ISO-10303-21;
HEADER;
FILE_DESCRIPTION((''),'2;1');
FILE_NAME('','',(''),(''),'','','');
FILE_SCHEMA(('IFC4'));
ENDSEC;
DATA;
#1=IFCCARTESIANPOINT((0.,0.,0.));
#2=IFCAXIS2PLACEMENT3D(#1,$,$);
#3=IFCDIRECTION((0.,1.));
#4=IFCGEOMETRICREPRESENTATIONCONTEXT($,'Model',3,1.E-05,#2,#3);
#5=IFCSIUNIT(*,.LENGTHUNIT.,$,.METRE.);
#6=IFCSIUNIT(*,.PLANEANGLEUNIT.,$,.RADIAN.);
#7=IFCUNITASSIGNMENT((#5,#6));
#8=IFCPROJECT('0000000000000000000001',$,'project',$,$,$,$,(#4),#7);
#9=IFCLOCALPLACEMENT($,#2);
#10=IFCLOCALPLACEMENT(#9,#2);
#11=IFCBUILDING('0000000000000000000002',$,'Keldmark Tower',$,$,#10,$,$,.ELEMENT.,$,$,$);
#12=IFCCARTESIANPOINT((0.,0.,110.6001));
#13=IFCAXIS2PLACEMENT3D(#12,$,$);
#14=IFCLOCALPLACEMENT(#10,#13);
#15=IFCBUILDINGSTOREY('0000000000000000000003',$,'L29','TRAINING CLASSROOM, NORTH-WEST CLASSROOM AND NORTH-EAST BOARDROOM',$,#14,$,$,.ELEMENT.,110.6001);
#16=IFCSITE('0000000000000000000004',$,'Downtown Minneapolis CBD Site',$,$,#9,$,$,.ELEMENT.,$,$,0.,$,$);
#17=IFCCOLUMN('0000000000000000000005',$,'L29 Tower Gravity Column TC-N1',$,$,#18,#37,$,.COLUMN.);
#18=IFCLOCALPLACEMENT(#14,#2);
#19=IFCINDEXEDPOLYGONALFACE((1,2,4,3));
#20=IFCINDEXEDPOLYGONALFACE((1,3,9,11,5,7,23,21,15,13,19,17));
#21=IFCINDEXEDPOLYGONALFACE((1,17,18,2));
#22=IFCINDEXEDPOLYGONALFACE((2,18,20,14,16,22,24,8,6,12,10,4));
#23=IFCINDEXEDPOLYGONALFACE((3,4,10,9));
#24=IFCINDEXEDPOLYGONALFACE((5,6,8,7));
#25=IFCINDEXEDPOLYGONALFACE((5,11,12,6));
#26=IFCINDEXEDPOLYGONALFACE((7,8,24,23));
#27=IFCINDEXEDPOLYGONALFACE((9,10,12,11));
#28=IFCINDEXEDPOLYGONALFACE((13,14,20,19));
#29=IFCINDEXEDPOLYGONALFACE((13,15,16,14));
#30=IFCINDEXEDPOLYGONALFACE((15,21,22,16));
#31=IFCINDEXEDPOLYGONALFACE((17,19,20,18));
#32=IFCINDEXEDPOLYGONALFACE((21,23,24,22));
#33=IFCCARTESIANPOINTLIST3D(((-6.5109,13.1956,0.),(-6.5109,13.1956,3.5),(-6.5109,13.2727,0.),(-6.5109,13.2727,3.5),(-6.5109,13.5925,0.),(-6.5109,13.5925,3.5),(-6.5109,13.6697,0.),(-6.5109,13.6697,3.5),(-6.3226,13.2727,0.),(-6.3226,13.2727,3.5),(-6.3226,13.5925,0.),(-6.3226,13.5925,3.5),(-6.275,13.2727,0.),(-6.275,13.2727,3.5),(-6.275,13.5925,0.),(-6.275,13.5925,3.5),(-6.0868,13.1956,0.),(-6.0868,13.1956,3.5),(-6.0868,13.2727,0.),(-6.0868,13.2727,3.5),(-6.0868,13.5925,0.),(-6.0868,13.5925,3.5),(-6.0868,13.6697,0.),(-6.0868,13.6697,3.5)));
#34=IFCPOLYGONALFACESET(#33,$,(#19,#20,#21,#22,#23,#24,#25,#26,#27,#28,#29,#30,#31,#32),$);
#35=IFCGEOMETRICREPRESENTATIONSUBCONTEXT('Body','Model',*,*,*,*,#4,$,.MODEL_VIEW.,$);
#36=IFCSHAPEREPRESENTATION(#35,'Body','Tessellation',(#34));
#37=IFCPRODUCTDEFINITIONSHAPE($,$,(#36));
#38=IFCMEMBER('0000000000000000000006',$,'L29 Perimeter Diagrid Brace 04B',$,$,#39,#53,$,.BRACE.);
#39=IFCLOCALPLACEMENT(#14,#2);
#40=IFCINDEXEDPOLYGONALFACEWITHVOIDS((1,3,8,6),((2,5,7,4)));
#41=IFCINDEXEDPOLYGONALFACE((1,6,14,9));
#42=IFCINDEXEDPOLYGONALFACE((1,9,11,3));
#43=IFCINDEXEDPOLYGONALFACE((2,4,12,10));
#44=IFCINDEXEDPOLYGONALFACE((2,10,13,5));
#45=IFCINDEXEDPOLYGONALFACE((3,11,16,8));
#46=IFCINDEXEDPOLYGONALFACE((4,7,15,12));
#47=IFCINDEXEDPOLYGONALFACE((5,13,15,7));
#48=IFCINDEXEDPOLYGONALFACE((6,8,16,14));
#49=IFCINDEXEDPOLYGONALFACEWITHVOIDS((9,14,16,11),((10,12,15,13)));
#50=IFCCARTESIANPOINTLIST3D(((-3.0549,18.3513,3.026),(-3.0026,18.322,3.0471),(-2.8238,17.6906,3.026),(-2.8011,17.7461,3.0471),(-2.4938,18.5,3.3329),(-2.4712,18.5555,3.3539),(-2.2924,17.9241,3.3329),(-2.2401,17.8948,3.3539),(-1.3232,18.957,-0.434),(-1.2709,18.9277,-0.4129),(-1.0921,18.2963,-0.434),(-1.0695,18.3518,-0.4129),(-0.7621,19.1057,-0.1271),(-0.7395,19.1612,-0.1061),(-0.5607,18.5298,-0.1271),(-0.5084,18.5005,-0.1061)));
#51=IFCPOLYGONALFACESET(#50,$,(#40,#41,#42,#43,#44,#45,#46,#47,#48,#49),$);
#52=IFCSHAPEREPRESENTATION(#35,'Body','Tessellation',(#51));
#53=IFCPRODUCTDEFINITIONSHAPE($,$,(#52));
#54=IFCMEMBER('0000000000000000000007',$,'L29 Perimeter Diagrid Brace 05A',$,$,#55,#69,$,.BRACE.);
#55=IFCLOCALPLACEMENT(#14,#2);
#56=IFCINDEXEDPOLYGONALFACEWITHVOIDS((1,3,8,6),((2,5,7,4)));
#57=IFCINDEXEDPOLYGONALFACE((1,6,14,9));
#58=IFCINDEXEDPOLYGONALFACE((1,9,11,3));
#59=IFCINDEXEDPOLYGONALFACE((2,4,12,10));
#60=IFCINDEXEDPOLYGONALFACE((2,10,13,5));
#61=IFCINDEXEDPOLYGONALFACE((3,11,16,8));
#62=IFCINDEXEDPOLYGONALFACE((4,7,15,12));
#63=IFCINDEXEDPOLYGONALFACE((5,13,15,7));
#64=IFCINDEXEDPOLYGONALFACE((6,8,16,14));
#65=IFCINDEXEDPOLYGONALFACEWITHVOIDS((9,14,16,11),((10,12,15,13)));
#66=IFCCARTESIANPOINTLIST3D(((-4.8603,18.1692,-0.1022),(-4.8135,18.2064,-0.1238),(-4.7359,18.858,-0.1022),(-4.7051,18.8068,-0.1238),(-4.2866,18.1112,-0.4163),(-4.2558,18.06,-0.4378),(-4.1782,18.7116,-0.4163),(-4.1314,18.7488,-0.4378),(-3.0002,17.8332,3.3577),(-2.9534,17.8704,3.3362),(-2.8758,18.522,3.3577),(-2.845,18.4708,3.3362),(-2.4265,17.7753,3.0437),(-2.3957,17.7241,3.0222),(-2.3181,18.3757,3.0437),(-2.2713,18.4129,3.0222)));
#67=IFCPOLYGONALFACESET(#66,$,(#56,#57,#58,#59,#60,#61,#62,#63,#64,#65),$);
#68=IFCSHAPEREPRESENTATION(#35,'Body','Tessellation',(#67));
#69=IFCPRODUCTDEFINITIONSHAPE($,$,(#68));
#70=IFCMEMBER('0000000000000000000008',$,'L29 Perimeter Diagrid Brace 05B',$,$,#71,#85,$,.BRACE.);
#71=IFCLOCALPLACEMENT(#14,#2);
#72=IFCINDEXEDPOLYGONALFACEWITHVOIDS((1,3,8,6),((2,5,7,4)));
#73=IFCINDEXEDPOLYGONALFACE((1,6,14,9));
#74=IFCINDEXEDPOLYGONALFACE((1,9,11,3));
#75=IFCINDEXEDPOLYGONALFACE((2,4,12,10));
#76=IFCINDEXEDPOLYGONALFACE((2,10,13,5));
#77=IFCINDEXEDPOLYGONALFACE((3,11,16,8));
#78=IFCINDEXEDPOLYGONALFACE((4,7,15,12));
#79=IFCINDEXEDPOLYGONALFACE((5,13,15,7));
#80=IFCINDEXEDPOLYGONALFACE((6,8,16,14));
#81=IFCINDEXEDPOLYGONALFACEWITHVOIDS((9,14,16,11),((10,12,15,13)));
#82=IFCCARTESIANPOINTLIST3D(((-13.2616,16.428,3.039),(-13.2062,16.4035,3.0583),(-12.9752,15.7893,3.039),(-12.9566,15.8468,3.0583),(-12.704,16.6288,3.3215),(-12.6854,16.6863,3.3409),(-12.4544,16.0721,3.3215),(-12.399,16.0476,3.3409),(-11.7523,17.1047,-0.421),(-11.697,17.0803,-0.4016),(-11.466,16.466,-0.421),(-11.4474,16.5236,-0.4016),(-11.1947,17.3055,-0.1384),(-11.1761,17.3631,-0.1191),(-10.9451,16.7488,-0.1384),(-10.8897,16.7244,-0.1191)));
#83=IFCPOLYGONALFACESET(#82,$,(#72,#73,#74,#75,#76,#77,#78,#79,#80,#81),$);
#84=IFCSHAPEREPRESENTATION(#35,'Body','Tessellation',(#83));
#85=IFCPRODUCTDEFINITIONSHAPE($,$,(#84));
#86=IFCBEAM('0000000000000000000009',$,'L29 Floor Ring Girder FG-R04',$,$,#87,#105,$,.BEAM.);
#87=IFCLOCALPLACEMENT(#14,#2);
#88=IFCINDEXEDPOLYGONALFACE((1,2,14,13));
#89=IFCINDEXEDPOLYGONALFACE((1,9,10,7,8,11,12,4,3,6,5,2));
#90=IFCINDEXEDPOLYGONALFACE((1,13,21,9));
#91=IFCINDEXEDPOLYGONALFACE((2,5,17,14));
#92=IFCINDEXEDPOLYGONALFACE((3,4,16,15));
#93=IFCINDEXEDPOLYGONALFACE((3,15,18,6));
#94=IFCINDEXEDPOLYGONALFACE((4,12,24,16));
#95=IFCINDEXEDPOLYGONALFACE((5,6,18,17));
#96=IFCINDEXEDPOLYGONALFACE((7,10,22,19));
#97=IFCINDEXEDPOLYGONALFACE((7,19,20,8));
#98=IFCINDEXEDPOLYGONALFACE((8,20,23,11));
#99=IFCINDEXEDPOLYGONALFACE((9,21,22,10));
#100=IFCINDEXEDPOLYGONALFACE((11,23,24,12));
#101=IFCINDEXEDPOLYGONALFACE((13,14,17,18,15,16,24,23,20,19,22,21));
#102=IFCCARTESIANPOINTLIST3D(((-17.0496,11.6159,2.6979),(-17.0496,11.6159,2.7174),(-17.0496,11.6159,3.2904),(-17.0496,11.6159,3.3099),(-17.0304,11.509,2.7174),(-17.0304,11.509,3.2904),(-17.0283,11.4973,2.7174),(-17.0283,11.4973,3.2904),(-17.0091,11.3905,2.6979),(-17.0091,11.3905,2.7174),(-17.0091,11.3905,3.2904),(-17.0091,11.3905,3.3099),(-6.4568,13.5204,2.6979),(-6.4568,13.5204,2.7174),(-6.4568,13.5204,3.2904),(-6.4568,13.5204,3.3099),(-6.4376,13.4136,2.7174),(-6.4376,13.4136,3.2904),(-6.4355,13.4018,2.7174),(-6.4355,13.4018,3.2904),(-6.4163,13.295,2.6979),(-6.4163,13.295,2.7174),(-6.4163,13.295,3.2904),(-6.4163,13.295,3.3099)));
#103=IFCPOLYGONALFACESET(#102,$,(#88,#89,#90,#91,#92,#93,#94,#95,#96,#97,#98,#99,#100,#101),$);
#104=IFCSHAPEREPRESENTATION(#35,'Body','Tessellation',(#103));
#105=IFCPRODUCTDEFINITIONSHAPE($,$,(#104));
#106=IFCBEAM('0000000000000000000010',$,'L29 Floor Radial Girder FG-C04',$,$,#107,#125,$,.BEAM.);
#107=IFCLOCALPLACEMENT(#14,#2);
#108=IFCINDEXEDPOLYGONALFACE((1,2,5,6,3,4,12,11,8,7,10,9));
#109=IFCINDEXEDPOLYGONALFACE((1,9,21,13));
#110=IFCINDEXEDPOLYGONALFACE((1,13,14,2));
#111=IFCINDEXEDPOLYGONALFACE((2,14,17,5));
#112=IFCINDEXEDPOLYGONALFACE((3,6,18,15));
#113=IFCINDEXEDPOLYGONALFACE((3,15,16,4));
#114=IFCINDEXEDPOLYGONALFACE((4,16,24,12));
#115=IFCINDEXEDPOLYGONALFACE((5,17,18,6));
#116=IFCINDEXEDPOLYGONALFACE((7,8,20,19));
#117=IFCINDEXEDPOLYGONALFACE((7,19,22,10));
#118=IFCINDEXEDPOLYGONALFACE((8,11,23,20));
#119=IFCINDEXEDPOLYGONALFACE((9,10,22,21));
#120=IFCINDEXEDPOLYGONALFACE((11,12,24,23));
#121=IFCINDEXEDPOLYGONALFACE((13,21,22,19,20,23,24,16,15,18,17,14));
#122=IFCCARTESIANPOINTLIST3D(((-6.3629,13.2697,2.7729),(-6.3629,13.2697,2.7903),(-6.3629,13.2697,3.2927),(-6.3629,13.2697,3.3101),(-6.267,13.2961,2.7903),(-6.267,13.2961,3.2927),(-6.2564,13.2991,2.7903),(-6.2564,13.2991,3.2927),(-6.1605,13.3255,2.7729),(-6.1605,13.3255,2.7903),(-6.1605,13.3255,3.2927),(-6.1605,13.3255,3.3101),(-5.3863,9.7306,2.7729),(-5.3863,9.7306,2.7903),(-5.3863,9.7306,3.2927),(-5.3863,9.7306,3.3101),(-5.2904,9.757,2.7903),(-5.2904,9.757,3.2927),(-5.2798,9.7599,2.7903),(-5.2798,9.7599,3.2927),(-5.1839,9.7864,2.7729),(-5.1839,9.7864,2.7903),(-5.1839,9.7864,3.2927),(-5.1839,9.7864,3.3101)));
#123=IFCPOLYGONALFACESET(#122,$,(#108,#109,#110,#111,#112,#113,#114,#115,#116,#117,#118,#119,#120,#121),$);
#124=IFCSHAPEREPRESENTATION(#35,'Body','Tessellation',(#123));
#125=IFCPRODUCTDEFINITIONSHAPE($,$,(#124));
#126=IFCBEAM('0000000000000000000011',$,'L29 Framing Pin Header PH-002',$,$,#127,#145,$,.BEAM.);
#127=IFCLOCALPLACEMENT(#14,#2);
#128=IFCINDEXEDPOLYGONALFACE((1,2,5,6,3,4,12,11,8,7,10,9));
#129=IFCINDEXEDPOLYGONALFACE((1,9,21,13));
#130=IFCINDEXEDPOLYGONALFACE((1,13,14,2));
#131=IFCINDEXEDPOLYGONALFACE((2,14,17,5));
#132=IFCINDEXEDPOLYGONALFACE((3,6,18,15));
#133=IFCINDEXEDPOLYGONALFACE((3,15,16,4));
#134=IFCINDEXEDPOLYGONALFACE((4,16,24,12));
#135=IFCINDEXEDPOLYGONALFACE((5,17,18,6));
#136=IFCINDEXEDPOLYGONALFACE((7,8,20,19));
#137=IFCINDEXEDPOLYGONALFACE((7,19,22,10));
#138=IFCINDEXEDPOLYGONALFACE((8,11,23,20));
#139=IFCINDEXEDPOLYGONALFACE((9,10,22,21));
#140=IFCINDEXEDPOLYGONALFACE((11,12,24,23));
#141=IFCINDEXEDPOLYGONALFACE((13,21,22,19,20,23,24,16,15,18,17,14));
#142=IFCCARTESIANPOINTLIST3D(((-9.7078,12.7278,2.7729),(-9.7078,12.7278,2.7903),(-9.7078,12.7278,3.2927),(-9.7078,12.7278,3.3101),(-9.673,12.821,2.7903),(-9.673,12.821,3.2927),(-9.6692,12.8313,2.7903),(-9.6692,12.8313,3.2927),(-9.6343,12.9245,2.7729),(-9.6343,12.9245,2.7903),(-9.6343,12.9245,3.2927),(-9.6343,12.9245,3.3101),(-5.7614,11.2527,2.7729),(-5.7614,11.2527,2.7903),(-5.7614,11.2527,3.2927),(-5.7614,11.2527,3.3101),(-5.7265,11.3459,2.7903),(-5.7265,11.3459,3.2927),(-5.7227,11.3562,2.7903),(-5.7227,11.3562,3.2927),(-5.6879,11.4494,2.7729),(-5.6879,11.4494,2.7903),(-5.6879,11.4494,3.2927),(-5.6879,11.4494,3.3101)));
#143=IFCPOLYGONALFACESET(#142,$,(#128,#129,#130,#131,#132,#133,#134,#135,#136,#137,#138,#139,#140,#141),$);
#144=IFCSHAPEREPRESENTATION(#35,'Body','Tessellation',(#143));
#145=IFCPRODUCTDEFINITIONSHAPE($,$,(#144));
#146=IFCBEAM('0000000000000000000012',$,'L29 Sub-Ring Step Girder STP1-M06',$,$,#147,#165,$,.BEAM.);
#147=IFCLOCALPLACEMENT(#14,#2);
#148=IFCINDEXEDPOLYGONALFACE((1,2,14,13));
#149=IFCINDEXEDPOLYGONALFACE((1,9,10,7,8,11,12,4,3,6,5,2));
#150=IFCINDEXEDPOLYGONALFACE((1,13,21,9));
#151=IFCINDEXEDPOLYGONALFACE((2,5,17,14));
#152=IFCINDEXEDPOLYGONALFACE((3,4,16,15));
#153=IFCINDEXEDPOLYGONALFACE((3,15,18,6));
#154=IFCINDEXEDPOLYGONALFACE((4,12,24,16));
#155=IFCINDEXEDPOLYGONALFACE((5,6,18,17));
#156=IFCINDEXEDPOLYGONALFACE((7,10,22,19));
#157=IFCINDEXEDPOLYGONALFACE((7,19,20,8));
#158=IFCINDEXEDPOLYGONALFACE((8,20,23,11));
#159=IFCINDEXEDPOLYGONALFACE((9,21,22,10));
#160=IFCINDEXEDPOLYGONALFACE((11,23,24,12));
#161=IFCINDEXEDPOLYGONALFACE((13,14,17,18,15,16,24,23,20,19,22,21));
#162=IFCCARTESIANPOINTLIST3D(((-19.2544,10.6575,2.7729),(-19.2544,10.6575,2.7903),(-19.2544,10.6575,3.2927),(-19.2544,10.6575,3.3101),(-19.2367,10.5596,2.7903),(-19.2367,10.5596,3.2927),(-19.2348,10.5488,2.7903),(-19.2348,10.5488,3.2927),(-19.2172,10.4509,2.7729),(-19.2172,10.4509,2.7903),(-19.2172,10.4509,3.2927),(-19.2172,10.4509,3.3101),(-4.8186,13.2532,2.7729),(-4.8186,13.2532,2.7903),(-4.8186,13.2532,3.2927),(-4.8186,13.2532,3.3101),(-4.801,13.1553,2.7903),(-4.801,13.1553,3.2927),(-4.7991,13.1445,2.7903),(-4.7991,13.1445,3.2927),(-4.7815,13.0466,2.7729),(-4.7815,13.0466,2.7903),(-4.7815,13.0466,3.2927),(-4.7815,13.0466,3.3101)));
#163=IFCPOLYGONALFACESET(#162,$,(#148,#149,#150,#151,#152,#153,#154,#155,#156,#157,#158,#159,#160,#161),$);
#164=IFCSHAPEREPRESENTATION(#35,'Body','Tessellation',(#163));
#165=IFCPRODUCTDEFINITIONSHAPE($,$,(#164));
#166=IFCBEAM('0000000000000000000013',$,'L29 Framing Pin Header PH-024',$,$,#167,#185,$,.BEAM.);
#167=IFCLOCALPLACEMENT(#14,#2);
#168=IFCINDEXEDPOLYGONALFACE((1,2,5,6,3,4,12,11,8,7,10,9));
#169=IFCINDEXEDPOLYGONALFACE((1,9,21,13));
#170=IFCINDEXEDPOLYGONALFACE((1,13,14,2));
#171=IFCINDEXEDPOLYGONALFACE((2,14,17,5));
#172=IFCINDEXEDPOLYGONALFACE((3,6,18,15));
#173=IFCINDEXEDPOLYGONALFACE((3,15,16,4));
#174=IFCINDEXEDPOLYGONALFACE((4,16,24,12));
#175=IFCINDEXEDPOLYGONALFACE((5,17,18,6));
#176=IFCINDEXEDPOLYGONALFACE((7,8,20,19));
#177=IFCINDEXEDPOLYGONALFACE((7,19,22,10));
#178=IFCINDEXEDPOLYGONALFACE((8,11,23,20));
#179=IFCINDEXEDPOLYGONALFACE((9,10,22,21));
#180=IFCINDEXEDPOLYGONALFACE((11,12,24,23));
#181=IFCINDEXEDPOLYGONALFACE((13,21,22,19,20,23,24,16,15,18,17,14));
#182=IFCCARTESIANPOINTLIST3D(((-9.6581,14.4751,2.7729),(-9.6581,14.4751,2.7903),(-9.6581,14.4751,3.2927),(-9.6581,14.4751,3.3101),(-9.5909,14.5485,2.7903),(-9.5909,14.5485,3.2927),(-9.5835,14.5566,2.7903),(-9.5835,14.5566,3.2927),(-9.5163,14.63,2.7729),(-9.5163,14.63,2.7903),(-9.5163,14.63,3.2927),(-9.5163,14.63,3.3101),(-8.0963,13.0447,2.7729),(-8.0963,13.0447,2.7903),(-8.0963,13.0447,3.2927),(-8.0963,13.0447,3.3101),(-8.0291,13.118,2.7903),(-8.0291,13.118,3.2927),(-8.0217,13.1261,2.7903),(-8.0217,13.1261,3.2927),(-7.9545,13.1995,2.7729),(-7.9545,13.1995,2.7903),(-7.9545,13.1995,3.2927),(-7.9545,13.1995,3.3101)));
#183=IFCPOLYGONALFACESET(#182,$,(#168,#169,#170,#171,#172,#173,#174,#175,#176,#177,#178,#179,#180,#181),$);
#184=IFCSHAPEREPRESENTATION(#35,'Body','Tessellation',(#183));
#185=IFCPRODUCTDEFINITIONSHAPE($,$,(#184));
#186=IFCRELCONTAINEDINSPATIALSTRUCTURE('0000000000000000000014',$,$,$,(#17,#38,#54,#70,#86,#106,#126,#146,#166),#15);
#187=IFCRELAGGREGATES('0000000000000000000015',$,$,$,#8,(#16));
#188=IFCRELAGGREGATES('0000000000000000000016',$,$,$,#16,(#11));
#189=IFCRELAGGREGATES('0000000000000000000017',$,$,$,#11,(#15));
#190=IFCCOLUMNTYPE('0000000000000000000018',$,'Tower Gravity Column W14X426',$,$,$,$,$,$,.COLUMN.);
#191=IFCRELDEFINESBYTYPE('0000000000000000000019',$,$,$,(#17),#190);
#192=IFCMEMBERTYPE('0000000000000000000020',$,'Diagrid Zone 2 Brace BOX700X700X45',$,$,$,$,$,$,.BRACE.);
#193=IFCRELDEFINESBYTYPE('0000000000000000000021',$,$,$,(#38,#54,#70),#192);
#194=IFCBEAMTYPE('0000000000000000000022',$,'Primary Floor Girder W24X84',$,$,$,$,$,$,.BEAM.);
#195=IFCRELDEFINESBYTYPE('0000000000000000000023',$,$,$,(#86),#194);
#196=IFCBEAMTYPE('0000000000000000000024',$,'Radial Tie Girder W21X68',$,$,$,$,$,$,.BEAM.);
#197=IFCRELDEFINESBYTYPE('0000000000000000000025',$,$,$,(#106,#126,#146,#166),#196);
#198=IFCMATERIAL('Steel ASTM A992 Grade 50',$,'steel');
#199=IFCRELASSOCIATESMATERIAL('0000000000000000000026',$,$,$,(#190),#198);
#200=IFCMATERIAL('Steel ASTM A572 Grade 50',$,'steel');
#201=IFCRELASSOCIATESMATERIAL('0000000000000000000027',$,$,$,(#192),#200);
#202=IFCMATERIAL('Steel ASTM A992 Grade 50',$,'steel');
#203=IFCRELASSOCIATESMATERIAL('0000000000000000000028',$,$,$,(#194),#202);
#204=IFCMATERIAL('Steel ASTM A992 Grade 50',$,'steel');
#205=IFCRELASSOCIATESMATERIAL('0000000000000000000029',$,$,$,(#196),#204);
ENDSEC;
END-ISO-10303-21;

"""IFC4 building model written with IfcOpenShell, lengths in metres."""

from ifc_helpers import new_model, si_unit, direction, frame, origin, origin_2d, place, context, subcontext, project, spatial, hollow_rectangle, i_section, extrude, material, material_profile, profile_set, type_object, element, save


model = new_model("IFC4")

# Units and contexts
model_context = context("Model", 3, precision=1e-05, world=origin(), true_north=direction((0.0, 1.0)))
body_context = subcontext(model_context, "Body", "Model", "MODEL_VIEW")
ifc_project = project(units=[si_unit("LENGTHUNIT", "METRE"), si_unit("PLANEANGLEUNIT", "RADIAN")], contexts=[model_context])

# Site, building, storey
site_placement = place(None, origin())
site = spatial("IfcSite", under=ifc_project, at=site_placement, Name="Downtown Minneapolis CBD Site", CompositionType="ELEMENT", RefElevation=0.0)
building_placement = place(site_placement, origin())
building = spatial("IfcBuilding", under=site, at=building_placement, Name="Keldmark Tower", CompositionType="ELEMENT")
storey_placement = place(building_placement, frame((0.0, 0.0, 110.6001)))
storey = spatial("IfcBuildingStorey", under=building, at=storey_placement, Name="L29", Description="TRAINING CLASSROOM, NORTH-WEST CLASSROOM AND NORTH-EAST BOARDROOM", CompositionType="ELEMENT", Elevation=110.6001)

# Column
ifc_material_1 = material(Name="Steel ASTM A992 Grade 50", Category="steel")
ifc_material_profile_1 = material_profile(ifc_material_1, i_section(OverallWidth=0.4241, OverallDepth=0.4741, WebThickness=0.0476, FlangeThickness=0.0771, at=origin_2d()), Name="W14X426")
ifc_profile_set_1 = profile_set([ifc_material_profile_1], Name="Steel ASTM A992 Grade 50")
column_type = type_object("IfcColumnType", Name="Tower Gravity Column W14X426", PredefinedType="COLUMN", material=ifc_profile_set_1)
column_placement = place(storey_placement, frame((-6.2988, 13.4326, 0.0), z_axis=(0.0, 0.0, 1.0), x_axis=(1.0, 0.0, 0.0)))
element("IfcColumn", 1, at=column_placement, inside=storey, type_object=column_type, Name="L29 Tower Gravity Column TC-N1", PredefinedType="COLUMN", context=body_context, shape_type="SweptSolid", body=[
    extrude(i_section(OverallWidth=0.4241, OverallDepth=0.4741, WebThickness=0.0476, FlangeThickness=0.0771, at=origin_2d()), origin(), (0.0, 0.0, 1.0), 3.5),
])

# Members
ifc_material_2 = material(Name="Steel ASTM A572 Grade 50", Category="steel")
ifc_material_profile_2 = material_profile(ifc_material_2, hollow_rectangle(XDim=0.7, YDim=0.7, WallThickness=0.0449, at=origin_2d()), Name="BOX700X700X45")
ifc_profile_set_2 = profile_set([ifc_material_profile_2], Name="Steel ASTM A572 Grade 50")
member_type = type_object("IfcMemberType", Name="Diagrid Zone 2 Brace BOX700X700X45", PredefinedType="BRACE", material=ifc_profile_set_2)
member_1_placement = place(storey_placement, frame((-0.9158, 18.7288, -0.27), z_axis=(-0.442181, -0.154667, 0.88349), x_axis=(0.330167, -0.943923, 0.0)))
element("IfcMember", 2, at=member_1_placement, inside=storey, type_object=member_type, Name="L29 Perimeter Diagrid Brace 04B", PredefinedType="BRACE", context=body_context, shape_type="SweptSolid", body=[
    extrude(hollow_rectangle(XDim=0.7, YDim=0.7, WallThickness=0.0449, at=origin_2d()), origin(), (0.0, 0.0, 1.0), 3.9163),
])
member_2_placement = place(storey_placement, frame((-4.4958, 18.459, -0.27), z_axis=(0.471796, -0.085207, 0.877581), x_axis=(0.177726, 0.98408, 0.0)))
element("IfcMember", 3, at=member_2_placement, inside=storey, type_object=member_type, Name="L29 Perimeter Diagrid Brace 05A", PredefinedType="BRACE", context=body_context, shape_type="SweptSolid", body=[
    extrude(hollow_rectangle(XDim=0.7, YDim=0.7, WallThickness=0.0449, at=origin_2d()), origin(), (0.0, 0.0, 1.0), 3.9426),
])
member_3_placement = place(storey_placement, frame((-11.321, 16.9146, -0.27), z_axis=(-0.393553, -0.176469, 0.902206), x_axis=(0.409149, -0.912468, 0.0)))
element("IfcMember", 4, at=member_3_placement, inside=storey, type_object=member_type, Name="L29 Perimeter Diagrid Brace 05B", PredefinedType="BRACE", context=body_context, shape_type="SweptSolid", body=[
    extrude(hollow_rectangle(XDim=0.7, YDim=0.7, WallThickness=0.0449, at=origin_2d()), origin(), (0.0, 0.0, 1.0), 3.835),
])

# Beams
ifc_material_3 = material(Name="Steel ASTM A992 Grade 50", Category="steel")
ifc_material_profile_3 = material_profile(ifc_material_3, i_section(OverallWidth=0.229, OverallDepth=0.6121, WebThickness=0.012, FlangeThickness=0.0195, at=origin_2d()), Name="W24X84")
ifc_profile_set_3 = profile_set([ifc_material_profile_3], Name="Steel ASTM A992 Grade 50")
beam_type_1 = type_object("IfcBeamType", Name="Primary Floor Girder W24X84", PredefinedType="BEAM", material=ifc_profile_set_3)
beam_1_placement = place(storey_placement, frame((-6.4365, 13.4077, 3.0039), z_axis=(-0.984218, -0.176959, 0.0), x_axis=(0.176959, -0.984218, 0.0)))
element("IfcBeam", 5, at=beam_1_placement, inside=storey, type_object=beam_type_1, Name="L29 Floor Ring Girder FG-R04", PredefinedType="BEAM", context=body_context, shape_type="SweptSolid", body=[
    extrude(i_section(OverallWidth=0.229, OverallDepth=0.6121, WebThickness=0.012, FlangeThickness=0.0195, at=origin_2d()), origin(), (0.0, 0.0, 1.0), 10.7627),
])
ifc_material_4 = material(Name="Steel ASTM A992 Grade 50", Category="steel")
ifc_material_profile_4 = material_profile(ifc_material_4, i_section(OverallWidth=0.21, OverallDepth=0.5371, WebThickness=0.011, FlangeThickness=0.0173, at=origin_2d()), Name="W21X68")
ifc_profile_set_4 = profile_set([ifc_material_profile_4], Name="Steel ASTM A992 Grade 50")
beam_type_2 = type_object("IfcBeamType", Name="Radial Tie Girder W21X68", PredefinedType="BEAM", material=ifc_profile_set_4)
beam_2_placement = place(storey_placement, frame((-6.2617, 13.2976, 3.0415), z_axis=(0.265997, -0.963974, 0.0), x_axis=(0.963974, 0.265997, 0.0)))
element("IfcBeam", 6, at=beam_2_placement, inside=storey, type_object=beam_type_2, Name="L29 Floor Radial Girder FG-C04", PredefinedType="BEAM", context=body_context, shape_type="SweptSolid", body=[
    extrude(i_section(OverallWidth=0.21, OverallDepth=0.5371, WebThickness=0.011, FlangeThickness=0.0173, at=origin_2d()), origin(), (0.0, 0.0, 1.0), 3.6714),
])
beam_3_placement = place(storey_placement, frame((-5.7246, 11.3511, 3.0415), z_axis=(-0.936707, 0.350114, 0.0), x_axis=(-0.350114, -0.936707, 0.0)))
element("IfcBeam", 7, at=beam_3_placement, inside=storey, type_object=beam_type_2, Name="L29 Framing Pin Header PH-002", PredefinedType="BEAM", context=body_context, shape_type="SweptSolid", body=[
    extrude(i_section(OverallWidth=0.21, OverallDepth=0.5371, WebThickness=0.011, FlangeThickness=0.0173, at=origin_2d()), origin(), (0.0, 0.0, 1.0), 4.2131),
])
beam_4_placement = place(storey_placement, frame((-4.8, 13.1499, 3.0415), z_axis=(-0.984216, -0.176972, 0.0), x_axis=(0.176972, -0.984216, 0.0)))
element("IfcBeam", 8, at=beam_4_placement, inside=storey, type_object=beam_type_2, Name="L29 Sub-Ring Step Girder STP1-M06", PredefinedType="BEAM", context=body_context, shape_type="SweptSolid", body=[
    extrude(i_section(OverallWidth=0.21, OverallDepth=0.5371, WebThickness=0.011, FlangeThickness=0.0173, at=origin_2d()), origin(), (0.0, 0.0, 1.0), 14.6672),
])
beam_5_placement = place(storey_placement, frame((-8.0254, 13.1221, 3.0415), z_axis=(-0.737436, 0.675417, 0.0), x_axis=(-0.675417, -0.737436, 0.0)))
element("IfcBeam", 9, at=beam_5_placement, inside=storey, type_object=beam_type_2, Name="L29 Framing Pin Header PH-024", PredefinedType="BEAM", context=body_context, shape_type="SweptSolid", body=[
    extrude(i_section(OverallWidth=0.21, OverallDepth=0.5371, WebThickness=0.011, FlangeThickness=0.0173, at=origin_2d()), origin(), (0.0, 0.0, 1.0), 2.1179),
])

save(model, "model.ifc")
